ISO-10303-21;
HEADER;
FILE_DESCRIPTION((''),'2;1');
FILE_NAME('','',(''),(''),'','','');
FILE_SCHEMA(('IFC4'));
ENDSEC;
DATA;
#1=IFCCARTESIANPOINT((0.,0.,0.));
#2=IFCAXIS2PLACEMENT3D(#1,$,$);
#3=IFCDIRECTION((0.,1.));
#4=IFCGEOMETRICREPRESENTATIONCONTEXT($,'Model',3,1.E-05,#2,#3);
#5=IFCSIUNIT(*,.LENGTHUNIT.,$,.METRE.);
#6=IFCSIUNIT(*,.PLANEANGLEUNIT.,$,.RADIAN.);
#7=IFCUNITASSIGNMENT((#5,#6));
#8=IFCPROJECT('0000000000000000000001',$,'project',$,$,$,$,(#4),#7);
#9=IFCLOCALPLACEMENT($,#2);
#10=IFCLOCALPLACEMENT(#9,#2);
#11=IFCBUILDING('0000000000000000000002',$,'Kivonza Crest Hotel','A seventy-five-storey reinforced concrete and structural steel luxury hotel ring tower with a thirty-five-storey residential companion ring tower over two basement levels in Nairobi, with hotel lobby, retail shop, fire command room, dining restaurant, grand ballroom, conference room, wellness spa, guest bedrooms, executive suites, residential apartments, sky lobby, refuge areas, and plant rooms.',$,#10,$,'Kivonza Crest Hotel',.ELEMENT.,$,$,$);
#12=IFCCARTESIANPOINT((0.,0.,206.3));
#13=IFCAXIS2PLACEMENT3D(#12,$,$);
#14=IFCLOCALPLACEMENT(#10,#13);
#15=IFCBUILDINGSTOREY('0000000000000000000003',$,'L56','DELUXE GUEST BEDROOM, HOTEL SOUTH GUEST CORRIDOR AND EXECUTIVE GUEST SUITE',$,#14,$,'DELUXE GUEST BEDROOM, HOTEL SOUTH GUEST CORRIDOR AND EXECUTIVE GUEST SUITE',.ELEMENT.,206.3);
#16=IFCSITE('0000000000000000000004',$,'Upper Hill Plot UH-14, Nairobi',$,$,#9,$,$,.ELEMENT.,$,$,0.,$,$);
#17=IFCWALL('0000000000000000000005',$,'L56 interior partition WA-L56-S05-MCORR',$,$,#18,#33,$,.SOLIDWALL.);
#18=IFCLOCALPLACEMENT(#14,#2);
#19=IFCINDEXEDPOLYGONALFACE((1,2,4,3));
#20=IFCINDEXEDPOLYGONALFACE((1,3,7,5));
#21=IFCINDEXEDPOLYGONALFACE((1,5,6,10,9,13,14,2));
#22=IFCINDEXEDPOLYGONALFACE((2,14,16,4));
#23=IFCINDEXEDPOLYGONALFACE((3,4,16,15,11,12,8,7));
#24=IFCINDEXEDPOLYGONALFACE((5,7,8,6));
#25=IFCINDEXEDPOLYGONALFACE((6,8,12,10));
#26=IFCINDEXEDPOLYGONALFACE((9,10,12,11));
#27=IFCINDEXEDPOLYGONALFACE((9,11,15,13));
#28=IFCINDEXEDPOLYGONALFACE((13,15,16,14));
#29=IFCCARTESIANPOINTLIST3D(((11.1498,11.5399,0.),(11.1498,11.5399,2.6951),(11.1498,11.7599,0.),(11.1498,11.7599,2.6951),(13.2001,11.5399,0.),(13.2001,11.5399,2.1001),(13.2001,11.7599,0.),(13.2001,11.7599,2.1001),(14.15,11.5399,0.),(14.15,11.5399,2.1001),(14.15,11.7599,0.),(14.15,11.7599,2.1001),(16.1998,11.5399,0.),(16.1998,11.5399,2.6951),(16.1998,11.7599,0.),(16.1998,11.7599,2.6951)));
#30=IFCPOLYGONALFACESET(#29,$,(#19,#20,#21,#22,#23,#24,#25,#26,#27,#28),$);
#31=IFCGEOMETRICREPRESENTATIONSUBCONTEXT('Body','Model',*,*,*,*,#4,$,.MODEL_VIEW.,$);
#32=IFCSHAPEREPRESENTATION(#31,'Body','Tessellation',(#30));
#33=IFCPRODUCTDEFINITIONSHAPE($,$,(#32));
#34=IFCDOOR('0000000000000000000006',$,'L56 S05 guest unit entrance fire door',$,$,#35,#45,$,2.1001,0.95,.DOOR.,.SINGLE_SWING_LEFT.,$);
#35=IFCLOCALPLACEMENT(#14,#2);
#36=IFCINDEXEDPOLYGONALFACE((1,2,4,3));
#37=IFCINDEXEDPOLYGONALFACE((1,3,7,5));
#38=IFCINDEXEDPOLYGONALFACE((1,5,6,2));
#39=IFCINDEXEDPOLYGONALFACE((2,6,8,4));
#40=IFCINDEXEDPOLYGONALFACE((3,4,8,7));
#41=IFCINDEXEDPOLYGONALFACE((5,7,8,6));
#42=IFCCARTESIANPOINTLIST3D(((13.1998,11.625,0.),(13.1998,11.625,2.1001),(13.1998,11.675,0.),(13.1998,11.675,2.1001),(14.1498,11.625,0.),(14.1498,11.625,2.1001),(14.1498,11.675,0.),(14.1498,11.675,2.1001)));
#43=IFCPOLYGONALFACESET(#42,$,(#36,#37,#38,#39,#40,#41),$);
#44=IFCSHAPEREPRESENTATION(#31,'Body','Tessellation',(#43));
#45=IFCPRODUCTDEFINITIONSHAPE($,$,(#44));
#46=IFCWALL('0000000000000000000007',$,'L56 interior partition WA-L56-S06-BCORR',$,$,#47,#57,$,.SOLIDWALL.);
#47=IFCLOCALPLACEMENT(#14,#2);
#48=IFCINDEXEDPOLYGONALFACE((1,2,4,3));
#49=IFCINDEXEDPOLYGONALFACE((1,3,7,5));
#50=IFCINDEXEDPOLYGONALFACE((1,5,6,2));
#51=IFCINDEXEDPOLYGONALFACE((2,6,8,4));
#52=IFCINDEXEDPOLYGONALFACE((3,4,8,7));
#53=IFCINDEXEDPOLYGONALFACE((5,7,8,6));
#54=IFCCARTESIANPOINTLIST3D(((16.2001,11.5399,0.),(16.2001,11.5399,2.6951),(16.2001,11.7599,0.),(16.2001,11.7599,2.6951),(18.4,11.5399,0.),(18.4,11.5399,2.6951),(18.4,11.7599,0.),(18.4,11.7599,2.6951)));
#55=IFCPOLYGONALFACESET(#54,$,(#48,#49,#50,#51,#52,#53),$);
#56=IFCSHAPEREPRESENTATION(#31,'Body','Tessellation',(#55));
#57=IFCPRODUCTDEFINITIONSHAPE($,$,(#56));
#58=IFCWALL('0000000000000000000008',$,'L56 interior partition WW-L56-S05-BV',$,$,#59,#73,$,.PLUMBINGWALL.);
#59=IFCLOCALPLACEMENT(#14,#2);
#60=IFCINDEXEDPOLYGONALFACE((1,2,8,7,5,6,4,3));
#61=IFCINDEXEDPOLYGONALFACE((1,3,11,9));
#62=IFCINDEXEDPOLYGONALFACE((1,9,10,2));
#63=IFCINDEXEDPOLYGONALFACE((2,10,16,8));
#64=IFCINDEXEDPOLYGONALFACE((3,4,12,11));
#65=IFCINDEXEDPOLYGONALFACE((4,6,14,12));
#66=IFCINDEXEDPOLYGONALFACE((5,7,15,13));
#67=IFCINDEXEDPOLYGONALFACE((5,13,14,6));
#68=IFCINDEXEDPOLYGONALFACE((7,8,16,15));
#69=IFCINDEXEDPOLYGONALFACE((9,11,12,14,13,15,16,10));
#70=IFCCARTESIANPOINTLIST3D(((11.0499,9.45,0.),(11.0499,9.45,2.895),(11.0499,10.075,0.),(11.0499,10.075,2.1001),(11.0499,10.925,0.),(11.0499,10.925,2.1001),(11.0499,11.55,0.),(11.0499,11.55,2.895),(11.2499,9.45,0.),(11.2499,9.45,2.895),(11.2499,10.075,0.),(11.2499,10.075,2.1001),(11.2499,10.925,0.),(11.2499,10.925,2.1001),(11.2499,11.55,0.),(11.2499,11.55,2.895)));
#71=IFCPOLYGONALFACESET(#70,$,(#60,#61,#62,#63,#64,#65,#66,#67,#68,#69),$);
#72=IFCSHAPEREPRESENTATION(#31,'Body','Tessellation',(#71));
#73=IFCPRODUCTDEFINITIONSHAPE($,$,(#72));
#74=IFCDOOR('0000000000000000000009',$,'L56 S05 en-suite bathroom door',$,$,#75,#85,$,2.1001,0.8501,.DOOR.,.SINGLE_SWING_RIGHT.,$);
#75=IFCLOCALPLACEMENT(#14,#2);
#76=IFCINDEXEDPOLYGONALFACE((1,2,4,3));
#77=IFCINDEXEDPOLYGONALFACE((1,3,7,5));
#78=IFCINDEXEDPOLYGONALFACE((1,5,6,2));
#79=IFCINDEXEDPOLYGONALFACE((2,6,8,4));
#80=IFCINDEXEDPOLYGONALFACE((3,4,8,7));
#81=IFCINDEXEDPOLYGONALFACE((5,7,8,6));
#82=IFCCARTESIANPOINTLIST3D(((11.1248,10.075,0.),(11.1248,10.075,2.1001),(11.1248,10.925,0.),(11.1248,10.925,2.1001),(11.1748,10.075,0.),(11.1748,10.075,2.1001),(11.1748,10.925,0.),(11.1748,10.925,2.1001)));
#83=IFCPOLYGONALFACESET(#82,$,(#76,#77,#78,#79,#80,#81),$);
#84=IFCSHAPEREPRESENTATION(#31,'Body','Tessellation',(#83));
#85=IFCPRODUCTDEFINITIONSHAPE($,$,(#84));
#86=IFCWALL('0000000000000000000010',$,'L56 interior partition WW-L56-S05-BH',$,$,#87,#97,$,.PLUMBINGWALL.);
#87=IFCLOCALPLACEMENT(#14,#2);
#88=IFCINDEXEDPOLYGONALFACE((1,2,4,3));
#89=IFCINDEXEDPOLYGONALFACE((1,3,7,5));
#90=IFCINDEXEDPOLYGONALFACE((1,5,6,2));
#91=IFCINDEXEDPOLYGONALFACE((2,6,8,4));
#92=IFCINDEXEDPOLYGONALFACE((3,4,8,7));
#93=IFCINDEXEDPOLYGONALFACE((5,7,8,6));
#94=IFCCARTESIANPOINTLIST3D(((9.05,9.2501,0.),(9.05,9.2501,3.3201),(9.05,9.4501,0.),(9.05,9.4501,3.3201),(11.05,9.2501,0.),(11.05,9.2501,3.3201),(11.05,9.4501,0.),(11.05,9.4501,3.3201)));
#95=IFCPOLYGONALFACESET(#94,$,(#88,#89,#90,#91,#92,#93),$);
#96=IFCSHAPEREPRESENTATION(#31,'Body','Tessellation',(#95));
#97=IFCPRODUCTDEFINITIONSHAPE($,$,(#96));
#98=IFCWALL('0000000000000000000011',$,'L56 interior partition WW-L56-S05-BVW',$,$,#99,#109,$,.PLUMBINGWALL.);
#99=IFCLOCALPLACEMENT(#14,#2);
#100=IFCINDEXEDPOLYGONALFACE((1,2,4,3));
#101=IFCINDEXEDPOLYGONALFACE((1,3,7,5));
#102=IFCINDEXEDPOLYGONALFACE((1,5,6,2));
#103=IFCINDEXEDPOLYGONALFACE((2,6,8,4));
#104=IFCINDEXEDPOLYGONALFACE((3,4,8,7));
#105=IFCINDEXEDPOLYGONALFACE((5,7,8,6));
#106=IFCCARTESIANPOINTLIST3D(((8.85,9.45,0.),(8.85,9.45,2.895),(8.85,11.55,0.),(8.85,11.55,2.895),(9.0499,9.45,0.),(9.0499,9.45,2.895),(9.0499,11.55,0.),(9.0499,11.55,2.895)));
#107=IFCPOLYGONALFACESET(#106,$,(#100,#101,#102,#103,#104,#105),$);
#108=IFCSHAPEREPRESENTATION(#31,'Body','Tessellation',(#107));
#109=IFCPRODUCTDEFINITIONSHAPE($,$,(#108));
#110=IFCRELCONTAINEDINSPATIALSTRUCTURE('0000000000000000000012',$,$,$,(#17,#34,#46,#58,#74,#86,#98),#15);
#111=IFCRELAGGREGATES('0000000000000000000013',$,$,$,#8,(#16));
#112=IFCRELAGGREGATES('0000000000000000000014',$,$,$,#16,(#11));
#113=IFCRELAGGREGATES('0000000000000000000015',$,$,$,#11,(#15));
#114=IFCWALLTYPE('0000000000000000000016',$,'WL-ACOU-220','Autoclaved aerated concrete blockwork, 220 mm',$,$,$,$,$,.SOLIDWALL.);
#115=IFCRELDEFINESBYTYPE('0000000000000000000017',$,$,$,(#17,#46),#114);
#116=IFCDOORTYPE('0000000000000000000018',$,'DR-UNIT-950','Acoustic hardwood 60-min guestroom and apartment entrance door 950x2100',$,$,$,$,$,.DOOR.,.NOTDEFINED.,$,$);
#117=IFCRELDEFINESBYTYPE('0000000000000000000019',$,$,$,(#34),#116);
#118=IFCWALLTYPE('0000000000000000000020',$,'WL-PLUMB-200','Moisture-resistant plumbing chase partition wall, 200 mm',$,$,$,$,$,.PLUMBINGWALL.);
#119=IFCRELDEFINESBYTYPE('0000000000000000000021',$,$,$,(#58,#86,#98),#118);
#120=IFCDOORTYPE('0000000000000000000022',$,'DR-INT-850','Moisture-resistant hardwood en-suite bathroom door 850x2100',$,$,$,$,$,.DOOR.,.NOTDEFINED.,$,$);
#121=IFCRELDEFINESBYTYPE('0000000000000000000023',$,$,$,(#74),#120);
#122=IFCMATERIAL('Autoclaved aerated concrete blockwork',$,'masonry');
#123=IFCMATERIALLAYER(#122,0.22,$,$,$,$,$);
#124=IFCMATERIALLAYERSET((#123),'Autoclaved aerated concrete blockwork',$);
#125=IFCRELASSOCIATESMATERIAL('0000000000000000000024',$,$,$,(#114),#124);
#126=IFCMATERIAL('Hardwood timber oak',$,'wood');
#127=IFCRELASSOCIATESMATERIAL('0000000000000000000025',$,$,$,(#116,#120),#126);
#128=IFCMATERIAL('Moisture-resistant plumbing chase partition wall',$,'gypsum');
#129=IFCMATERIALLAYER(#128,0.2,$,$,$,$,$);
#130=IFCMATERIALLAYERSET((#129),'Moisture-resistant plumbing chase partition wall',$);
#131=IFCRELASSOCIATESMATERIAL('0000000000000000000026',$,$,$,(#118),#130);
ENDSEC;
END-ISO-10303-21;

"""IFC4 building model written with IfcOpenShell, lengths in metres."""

from ifc_helpers import new_model, si_unit, direction, frame, frame_2d, origin, place, context, subcontext, project, spatial, rectangle, extrude, material, layer, layer_set, type_object, element, fill, save


model = new_model("IFC4")

# Units and contexts
model_context = context("Model", 3, precision=1e-05, world=origin(), true_north=direction((0.0, 1.0)))
body_context = subcontext(model_context, "Body", "Model", "MODEL_VIEW")
ifc_project = project(units=[si_unit("LENGTHUNIT", "METRE"), si_unit("PLANEANGLEUNIT", "RADIAN")], contexts=[model_context])

# Site, building, storey
site_placement = place(None, origin())
site = spatial("IfcSite", under=ifc_project, at=site_placement, Name="Upper Hill Plot UH-14, Nairobi", CompositionType="ELEMENT", RefElevation=0.0)
building_placement = place(site_placement, origin())
building = spatial("IfcBuilding", under=site, at=building_placement, Name="Kivonza Crest Hotel", Description="A seventy-five-storey reinforced concrete and structural steel luxury hotel ring tower with a thirty-five-storey residential companion ring tower over two basement levels in Nairobi, with hotel lobby, retail shop, fire command room, dining restaurant, grand ballroom, conference room, wellness spa, guest bedrooms, executive suites, residential apartments, sky lobby, refuge areas, and plant rooms.", LongName="Kivonza Crest Hotel", CompositionType="ELEMENT")
storey_placement = place(building_placement, frame((0.0, 0.0, 206.3)))
storey = spatial("IfcBuildingStorey", under=building, at=storey_placement, Name="L56", Description="DELUXE GUEST BEDROOM, HOTEL SOUTH GUEST CORRIDOR AND EXECUTIVE GUEST SUITE", LongName="DELUXE GUEST BEDROOM, HOTEL SOUTH GUEST CORRIDOR AND EXECUTIVE GUEST SUITE", CompositionType="ELEMENT", Elevation=206.3)

# Shared definitions
ifc_material_1 = material(Name="Autoclaved aerated concrete blockwork", Category="masonry")
ifc_layer_1 = layer(ifc_material_1, 0.22)
ifc_layer_set_1 = layer_set([ifc_layer_1], Name="Autoclaved aerated concrete blockwork")
wall_type_1 = type_object("IfcWallType", Name="WL-ACOU-220", Description="Autoclaved aerated concrete blockwork, 220 mm", PredefinedType="SOLIDWALL", material=ifc_layer_set_1)

# Wall, opening, door
wall_1_placement = place(storey_placement, frame((11.1499, 11.6499, 0.0), z_axis=(0.0, 0.0, 1.0), x_axis=(1.0, 0.0, 0.0)))
wall_1 = element("IfcWall", 1, at=wall_1_placement, inside=storey, type_object=wall_type_1, Name="L56 interior partition WA-L56-S05-MCORR", PredefinedType="SOLIDWALL", context=body_context, shape_type="SweptSolid", body=[
    extrude(rectangle(XDim=5.05, YDim=0.22, at=frame_2d((2.5249, 0.0))), origin(), (0.0, 0.0, 1.0), 2.6951),
])
opening_1_placement = place(wall_1_placement, frame((2.05, 0.0, 0.0)))
opening_1 = element("IfcOpeningElement", 2, at=opening_1_placement, cuts=wall_1, PredefinedType="OPENING", context=body_context, shape_type="SweptSolid", body=[
    extrude(rectangle(XDim=0.95, YDim=2.1001, at=frame_2d((0.4751, 1.05))), frame((0.0, 0.1201, 0.0), z_axis=(0.0, -1.0, 0.0), x_axis=(1.0, 0.0, 0.0)), (0.0, 0.0, 1.0), 0.24),
])
ifc_material_2 = material(Name="Hardwood timber oak", Category="wood")
door_type_1 = type_object("IfcDoorType", Name="DR-UNIT-950", Description="Acoustic hardwood 60-min guestroom and apartment entrance door 950x2100", OperationType="NOTDEFINED", PredefinedType="DOOR", material=ifc_material_2)
door_1_placement = place(opening_1_placement, frame((0.95, 0.0, 0.0), z_axis=(0.0, 0.0, 1.0), x_axis=(-1.0, 0.0, 0.0)))
door_1 = element("IfcDoor", 3, at=door_1_placement, inside=storey, type_object=door_type_1, Name="L56 S05 guest unit entrance fire door", OperationType="SINGLE_SWING_LEFT", OverallHeight=2.1001, OverallWidth=0.95, PredefinedType="DOOR", context=body_context, shape_type="SweptSolid", body=[
    extrude(rectangle(XDim=0.95, YDim=2.1001, at=frame_2d((0.4751, 1.05))), frame((0.0, 0.0249, 0.0), z_axis=(0.0, -1.0, 0.0), x_axis=(1.0, 0.0, 0.0)), (0.0, 0.0, 1.0), 0.05),
])
fill(opening_1, door_1)

# Wall
wall_2_placement = place(storey_placement, frame((16.2, 11.6499, 0.0), z_axis=(0.0, 0.0, 1.0), x_axis=(1.0, 0.0, 0.0)))
element("IfcWall", 4, at=wall_2_placement, inside=storey, type_object=wall_type_1, Name="L56 interior partition WA-L56-S06-BCORR", PredefinedType="SOLIDWALL", context=body_context, shape_type="SweptSolid", body=[
    extrude(rectangle(XDim=2.2, YDim=0.22, at=frame_2d((1.1001, 0.0))), origin(), (0.0, 0.0, 1.0), 2.6951),
])

# Wall, opening, door
ifc_material_3 = material(Name="Moisture-resistant plumbing chase partition wall", Category="gypsum")
ifc_layer_2 = layer(ifc_material_3, 0.2)
ifc_layer_set_2 = layer_set([ifc_layer_2], Name="Moisture-resistant plumbing chase partition wall")
wall_type_2 = type_object("IfcWallType", Name="WL-PLUMB-200", Description="Moisture-resistant plumbing chase partition wall, 200 mm", PredefinedType="PLUMBINGWALL", material=ifc_layer_set_2)
wall_3_placement = place(storey_placement, frame((11.1499, 9.45, 0.0), z_axis=(0.0, 0.0, 1.0), x_axis=(0.0, 1.0, 0.0)))
wall_3 = element("IfcWall", 5, at=wall_3_placement, inside=storey, type_object=wall_type_2, Name="L56 interior partition WW-L56-S05-BV", PredefinedType="PLUMBINGWALL", context=body_context, shape_type="SweptSolid", body=[
    extrude(rectangle(XDim=2.1001, YDim=0.2, at=frame_2d((1.05, 0.0))), origin(), (0.0, 0.0, 1.0), 2.895),
])
opening_2_placement = place(wall_3_placement, frame((0.625, 0.0, 0.0)))
opening_2 = element("IfcOpeningElement", 6, at=opening_2_placement, cuts=wall_3, PredefinedType="OPENING", context=body_context, shape_type="SweptSolid", body=[
    extrude(rectangle(XDim=0.8501, YDim=2.1001, at=frame_2d((0.425, 1.05))), frame((0.0, 0.1099, 0.0), z_axis=(0.0, -1.0, 0.0), x_axis=(1.0, 0.0, 0.0)), (0.0, 0.0, 1.0), 0.22),
])
door_type_2 = type_object("IfcDoorType", Name="DR-INT-850", Description="Moisture-resistant hardwood en-suite bathroom door 850x2100", OperationType="NOTDEFINED", PredefinedType="DOOR", material=ifc_material_2)
door_2_placement = place(opening_2_placement, frame((0.8501, 0.0, 0.0), z_axis=(0.0, 0.0, 1.0), x_axis=(-1.0, 0.0, 0.0)))
door_2 = element("IfcDoor", 7, at=door_2_placement, inside=storey, type_object=door_type_2, Name="L56 S05 en-suite bathroom door", OperationType="SINGLE_SWING_RIGHT", OverallHeight=2.1001, OverallWidth=0.8501, PredefinedType="DOOR", context=body_context, shape_type="SweptSolid", body=[
    extrude(rectangle(XDim=0.8501, YDim=2.1001, at=frame_2d((0.425, 1.05))), frame((0.0, 0.0249, 0.0), z_axis=(0.0, -1.0, 0.0), x_axis=(1.0, 0.0, 0.0)), (0.0, 0.0, 1.0), 0.05),
])
fill(opening_2, door_2)

# Walls
wall_4_placement = place(storey_placement, frame((9.05, 9.3501, 0.0), z_axis=(0.0, 0.0, 1.0), x_axis=(1.0, 0.0, 0.0)))
element("IfcWall", 8, at=wall_4_placement, inside=storey, type_object=wall_type_2, Name="L56 interior partition WW-L56-S05-BH", PredefinedType="PLUMBINGWALL", context=body_context, shape_type="SweptSolid", body=[
    extrude(rectangle(XDim=2.0, YDim=0.2, at=frame_2d((1.0, 0.0))), origin(), (0.0, 0.0, 1.0), 3.3201),
])
wall_5_placement = place(storey_placement, frame((8.95, 9.45, 0.0), z_axis=(0.0, 0.0, 1.0), x_axis=(0.0, 1.0, 0.0)))
element("IfcWall", 9, at=wall_5_placement, inside=storey, type_object=wall_type_2, Name="L56 interior partition WW-L56-S05-BVW", PredefinedType="PLUMBINGWALL", context=body_context, shape_type="SweptSolid", body=[
    extrude(rectangle(XDim=2.1001, YDim=0.2, at=frame_2d((1.05, 0.0))), origin(), (0.0, 0.0, 1.0), 2.895),
])

save(model, "model.ifc")
